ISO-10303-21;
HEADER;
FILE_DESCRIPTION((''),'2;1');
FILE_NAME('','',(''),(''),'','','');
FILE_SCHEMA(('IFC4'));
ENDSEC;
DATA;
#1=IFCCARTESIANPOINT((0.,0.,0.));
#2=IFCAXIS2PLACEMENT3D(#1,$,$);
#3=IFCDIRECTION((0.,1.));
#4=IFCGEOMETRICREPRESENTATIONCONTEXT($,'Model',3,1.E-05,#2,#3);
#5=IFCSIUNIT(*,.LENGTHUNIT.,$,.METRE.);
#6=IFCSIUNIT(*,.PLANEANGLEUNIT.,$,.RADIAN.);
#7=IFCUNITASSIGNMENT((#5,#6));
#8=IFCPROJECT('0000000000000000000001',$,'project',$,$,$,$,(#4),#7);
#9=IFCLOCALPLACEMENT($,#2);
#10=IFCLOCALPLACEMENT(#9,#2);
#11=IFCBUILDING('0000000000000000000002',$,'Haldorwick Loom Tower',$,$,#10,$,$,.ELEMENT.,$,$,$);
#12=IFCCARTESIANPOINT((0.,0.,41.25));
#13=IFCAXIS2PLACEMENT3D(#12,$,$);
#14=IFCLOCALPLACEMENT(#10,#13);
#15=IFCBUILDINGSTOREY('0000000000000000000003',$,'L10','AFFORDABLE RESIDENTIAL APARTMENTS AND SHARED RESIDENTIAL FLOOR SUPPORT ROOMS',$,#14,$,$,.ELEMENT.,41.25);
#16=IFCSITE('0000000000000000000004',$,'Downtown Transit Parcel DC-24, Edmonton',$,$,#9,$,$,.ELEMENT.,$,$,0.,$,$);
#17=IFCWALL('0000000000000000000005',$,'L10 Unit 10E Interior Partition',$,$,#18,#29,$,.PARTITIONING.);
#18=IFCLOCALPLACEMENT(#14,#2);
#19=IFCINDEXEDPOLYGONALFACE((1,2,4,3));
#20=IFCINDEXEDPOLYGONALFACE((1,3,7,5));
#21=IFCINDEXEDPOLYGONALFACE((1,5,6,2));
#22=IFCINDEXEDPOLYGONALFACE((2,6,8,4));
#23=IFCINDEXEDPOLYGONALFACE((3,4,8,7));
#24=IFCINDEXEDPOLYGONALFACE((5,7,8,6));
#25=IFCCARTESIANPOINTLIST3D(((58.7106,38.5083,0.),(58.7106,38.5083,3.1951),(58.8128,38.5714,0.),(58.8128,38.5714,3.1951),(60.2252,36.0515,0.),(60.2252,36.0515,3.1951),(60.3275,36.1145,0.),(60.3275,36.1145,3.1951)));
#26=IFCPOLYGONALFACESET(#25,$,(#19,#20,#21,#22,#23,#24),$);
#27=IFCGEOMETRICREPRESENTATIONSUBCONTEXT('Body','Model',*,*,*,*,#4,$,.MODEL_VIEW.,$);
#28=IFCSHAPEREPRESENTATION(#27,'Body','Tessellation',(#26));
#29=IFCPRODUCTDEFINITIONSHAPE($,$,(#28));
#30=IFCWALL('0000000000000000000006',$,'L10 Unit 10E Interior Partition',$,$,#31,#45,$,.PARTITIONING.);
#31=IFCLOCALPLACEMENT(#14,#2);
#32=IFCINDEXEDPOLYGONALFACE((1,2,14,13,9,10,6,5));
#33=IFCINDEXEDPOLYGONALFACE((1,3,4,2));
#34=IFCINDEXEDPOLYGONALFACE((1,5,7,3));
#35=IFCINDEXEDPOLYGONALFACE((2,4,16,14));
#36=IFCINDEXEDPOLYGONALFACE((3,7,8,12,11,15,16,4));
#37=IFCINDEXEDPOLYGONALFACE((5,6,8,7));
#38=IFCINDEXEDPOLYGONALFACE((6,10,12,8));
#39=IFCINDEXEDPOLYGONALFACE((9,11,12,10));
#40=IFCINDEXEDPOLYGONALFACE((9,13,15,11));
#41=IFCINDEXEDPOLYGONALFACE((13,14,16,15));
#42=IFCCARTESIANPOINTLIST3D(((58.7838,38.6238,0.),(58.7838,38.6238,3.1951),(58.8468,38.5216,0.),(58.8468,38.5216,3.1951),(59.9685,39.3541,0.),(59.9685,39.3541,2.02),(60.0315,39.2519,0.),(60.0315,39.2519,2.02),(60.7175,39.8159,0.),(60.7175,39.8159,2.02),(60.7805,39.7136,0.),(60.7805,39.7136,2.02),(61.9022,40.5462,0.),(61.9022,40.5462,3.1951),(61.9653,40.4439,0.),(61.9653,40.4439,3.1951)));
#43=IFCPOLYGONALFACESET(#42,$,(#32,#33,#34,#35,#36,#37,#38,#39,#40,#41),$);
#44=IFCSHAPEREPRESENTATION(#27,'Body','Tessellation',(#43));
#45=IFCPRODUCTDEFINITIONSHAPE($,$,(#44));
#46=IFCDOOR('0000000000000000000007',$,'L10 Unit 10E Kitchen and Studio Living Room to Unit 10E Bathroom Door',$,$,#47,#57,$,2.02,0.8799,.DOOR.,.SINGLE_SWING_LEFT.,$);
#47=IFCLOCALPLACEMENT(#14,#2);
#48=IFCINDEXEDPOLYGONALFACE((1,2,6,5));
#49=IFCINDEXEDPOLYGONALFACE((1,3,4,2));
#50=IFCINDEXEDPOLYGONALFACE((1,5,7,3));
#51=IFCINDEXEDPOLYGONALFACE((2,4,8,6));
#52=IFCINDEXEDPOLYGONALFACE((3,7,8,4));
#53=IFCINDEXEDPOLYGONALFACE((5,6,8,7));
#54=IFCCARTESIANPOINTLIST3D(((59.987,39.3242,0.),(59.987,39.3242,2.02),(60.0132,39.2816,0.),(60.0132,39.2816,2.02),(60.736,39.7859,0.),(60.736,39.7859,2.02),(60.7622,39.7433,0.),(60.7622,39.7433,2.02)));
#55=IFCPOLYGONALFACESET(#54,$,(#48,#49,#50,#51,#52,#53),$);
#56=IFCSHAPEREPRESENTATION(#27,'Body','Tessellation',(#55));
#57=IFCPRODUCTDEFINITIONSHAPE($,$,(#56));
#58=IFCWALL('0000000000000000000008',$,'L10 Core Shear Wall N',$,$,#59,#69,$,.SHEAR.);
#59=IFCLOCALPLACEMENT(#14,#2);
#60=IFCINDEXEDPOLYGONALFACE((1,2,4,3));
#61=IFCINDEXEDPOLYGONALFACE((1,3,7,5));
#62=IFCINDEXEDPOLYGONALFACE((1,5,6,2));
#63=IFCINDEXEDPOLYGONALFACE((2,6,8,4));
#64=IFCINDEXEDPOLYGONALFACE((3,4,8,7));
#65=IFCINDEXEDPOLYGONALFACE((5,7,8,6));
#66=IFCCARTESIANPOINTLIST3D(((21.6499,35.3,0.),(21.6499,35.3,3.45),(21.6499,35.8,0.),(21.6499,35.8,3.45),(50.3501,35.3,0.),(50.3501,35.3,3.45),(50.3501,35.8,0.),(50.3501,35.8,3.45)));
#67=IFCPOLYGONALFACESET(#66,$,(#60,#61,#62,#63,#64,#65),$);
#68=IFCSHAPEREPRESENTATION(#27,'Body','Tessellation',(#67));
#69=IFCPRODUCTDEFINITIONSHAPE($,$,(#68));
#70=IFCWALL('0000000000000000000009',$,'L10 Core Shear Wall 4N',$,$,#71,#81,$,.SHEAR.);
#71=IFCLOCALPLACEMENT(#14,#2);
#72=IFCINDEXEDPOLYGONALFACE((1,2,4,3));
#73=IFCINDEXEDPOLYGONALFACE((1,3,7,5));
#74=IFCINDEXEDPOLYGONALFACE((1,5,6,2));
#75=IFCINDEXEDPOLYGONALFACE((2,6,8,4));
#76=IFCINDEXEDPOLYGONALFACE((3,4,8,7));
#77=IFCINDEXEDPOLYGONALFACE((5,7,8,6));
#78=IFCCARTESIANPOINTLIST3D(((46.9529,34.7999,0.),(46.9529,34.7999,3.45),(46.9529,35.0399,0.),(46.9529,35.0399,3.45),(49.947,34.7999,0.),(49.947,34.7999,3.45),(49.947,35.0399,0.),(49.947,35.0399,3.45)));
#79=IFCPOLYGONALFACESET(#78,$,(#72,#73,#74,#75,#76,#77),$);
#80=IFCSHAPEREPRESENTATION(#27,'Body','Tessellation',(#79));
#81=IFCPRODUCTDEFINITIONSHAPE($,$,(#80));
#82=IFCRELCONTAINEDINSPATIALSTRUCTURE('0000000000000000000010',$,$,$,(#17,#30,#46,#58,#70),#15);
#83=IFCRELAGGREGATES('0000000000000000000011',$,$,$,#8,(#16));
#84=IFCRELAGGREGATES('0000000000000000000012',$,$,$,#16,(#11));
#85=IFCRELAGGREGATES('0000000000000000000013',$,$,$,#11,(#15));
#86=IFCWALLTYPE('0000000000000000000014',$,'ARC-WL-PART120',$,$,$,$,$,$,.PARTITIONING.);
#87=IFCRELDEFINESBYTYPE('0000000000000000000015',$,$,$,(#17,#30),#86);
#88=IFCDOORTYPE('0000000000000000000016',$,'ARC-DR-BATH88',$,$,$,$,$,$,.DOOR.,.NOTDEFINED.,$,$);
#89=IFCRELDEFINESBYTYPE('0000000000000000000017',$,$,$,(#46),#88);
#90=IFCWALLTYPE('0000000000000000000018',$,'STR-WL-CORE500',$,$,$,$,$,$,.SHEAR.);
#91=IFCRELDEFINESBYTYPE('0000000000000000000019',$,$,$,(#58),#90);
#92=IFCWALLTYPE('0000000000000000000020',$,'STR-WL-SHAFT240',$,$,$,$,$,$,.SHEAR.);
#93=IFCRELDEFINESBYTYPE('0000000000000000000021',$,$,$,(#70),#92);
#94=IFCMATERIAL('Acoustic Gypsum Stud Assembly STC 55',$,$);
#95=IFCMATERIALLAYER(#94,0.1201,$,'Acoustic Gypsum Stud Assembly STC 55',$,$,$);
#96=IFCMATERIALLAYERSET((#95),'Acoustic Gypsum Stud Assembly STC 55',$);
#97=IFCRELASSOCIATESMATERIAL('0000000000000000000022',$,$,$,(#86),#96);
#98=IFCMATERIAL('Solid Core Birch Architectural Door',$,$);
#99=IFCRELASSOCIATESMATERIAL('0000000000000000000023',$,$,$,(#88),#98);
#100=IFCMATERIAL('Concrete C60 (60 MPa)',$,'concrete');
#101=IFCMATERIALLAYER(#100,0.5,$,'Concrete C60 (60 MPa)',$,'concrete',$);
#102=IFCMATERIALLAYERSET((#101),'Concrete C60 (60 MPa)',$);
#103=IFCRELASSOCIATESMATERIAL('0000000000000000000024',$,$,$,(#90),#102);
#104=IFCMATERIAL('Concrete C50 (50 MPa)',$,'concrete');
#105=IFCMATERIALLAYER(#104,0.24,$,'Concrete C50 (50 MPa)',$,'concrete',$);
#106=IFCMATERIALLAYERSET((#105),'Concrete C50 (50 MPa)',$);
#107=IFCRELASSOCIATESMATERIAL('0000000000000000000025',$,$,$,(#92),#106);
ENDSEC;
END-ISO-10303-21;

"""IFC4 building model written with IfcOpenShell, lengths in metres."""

from ifc_helpers import new_model, si_unit, direction, frame, frame_2d, origin, place, context, subcontext, project, spatial, rectangle, extrude, material, layer, layer_set, type_object, element, fill, save


model = new_model("IFC4")

# Units and contexts
model_context = context("Model", 3, precision=1e-05, world=origin(), true_north=direction((0.0, 1.0)))
body_context = subcontext(model_context, "Body", "Model", "MODEL_VIEW")
ifc_project = project(units=[si_unit("LENGTHUNIT", "METRE"), si_unit("PLANEANGLEUNIT", "RADIAN")], contexts=[model_context])

# Site, building, storey
site_placement = place(None, origin())
site = spatial("IfcSite", under=ifc_project, at=site_placement, Name="Downtown Transit Parcel DC-24, Edmonton", CompositionType="ELEMENT", RefElevation=0.0)
building_placement = place(site_placement, origin())
building = spatial("IfcBuilding", under=site, at=building_placement, Name="Haldorwick Loom Tower", CompositionType="ELEMENT")
storey_placement = place(building_placement, frame((0.0, 0.0, 41.25)))
storey = spatial("IfcBuildingStorey", under=building, at=storey_placement, Name="L10", Description="AFFORDABLE RESIDENTIAL APARTMENTS AND SHARED RESIDENTIAL FLOOR SUPPORT ROOMS", CompositionType="ELEMENT", Elevation=41.25)

# Shared definitions
ifc_material_1 = material(Name="Concrete C60 (60 MPa)", Category="concrete")

# Shared definitions
ifc_material_2 = material(Name="Acoustic Gypsum Stud Assembly STC 55")
ifc_layer_1 = layer(ifc_material_2, 0.1201, Name="Acoustic Gypsum Stud Assembly STC 55")
ifc_layer_set_1 = layer_set([ifc_layer_1], Name="Acoustic Gypsum Stud Assembly STC 55")
wall_type_1 = type_object("IfcWallType", Name="ARC-WL-PART120", PredefinedType="PARTITIONING", material=ifc_layer_set_1)

# Shared definitions
ifc_material_3 = material(Name="Solid Core Birch Architectural Door")
door_type_1 = type_object("IfcDoorType", Name="ARC-DR-BATH88", OperationType="NOTDEFINED", PredefinedType="DOOR", material=ifc_material_3)

# Wall
wall_1_placement = place(storey_placement, frame((60.2764, 36.083, 0.0), z_axis=(0.0, 0.0, 1.0), x_axis=(-0.524796, 0.851228, 0.0)))
element("IfcWall", 1, at=wall_1_placement, inside=storey, type_object=wall_type_1, Name="L10 Unit 10E Interior Partition", PredefinedType="PARTITIONING", context=body_context, shape_type="SweptSolid", body=[
    extrude(rectangle(XDim=2.8862, YDim=0.1201, at=frame_2d((1.4431, 0.0))), origin(), (0.0, 0.0, 1.0), 3.1951),
])

# Wall, opening, door
wall_2_placement = place(storey_placement, frame((58.8154, 38.5728, 0.0), z_axis=(0.0, 0.0, 1.0), x_axis=(0.851251, 0.524759, 0.0)))
wall_2 = element("IfcWall", 2, at=wall_2_placement, inside=storey, type_object=wall_type_1, Name="L10 Unit 10E Interior Partition", PredefinedType="PARTITIONING", context=body_context, shape_type="SweptSolid", body=[
    extrude(rectangle(XDim=3.6633, YDim=0.1201, at=frame_2d((1.8315, 0.0))), origin(), (0.0, 0.0, 1.0), 3.1951),
])
opening_1_placement = place(wall_2_placement, frame((1.3916, 0.0, 0.0)))
opening_1 = element("IfcOpeningElement", 3, at=opening_1_placement, cuts=wall_2, PredefinedType="OPENING", context=body_context, shape_type="SweptSolid", body=[
    extrude(rectangle(XDim=0.8799, YDim=2.02, at=frame_2d((0.4399, 1.01))), frame((0.0, 0.0701, 0.0), z_axis=(0.0, -1.0, 0.0), x_axis=(1.0, 0.0, 0.0)), (0.0, 0.0, 1.0), 0.1401),
])
door_1_placement = place(opening_1_placement, origin())
door_1 = element("IfcDoor", 4, at=door_1_placement, inside=storey, type_object=door_type_1, Name="L10 Unit 10E Kitchen and Studio Living Room to Unit 10E Bathroom Door", OperationType="SINGLE_SWING_LEFT", OverallHeight=2.02, OverallWidth=0.8799, PredefinedType="DOOR", context=body_context, shape_type="SweptSolid", body=[
    extrude(rectangle(XDim=0.8799, YDim=2.02, at=frame_2d((0.4399, 1.01))), frame((0.0, 0.0249, 0.0), z_axis=(0.0, -1.0, 0.0), x_axis=(1.0, 0.0, 0.0)), (0.0, 0.0, 1.0), 0.05),
])
fill(opening_1, door_1)

# Walls
ifc_layer_2 = layer(ifc_material_1, 0.5, Name="Concrete C60 (60 MPa)", Category="concrete")
ifc_layer_set_2 = layer_set([ifc_layer_2], Name="Concrete C60 (60 MPa)")
wall_type_2 = type_object("IfcWallType", Name="STR-WL-CORE500", PredefinedType="SHEAR", material=ifc_layer_set_2)
wall_3_placement = place(storey_placement, frame((50.3501, 35.55, 0.0), z_axis=(0.0, 0.0, 1.0), x_axis=(-1.0, 0.0, 0.0)))
element("IfcWall", 5, at=wall_3_placement, inside=storey, type_object=wall_type_2, Name="L10 Core Shear Wall N", PredefinedType="SHEAR", context=body_context, shape_type="SweptSolid", body=[
    extrude(rectangle(XDim=28.7002, YDim=0.5, at=frame_2d((14.3501, 0.0))), origin(), (0.0, 0.0, 1.0), 3.45),
])
ifc_material_4 = material(Name="Concrete C50 (50 MPa)", Category="concrete")
ifc_layer_3 = layer(ifc_material_4, 0.24, Name="Concrete C50 (50 MPa)", Category="concrete")
ifc_layer_set_3 = layer_set([ifc_layer_3], Name="Concrete C50 (50 MPa)")
wall_type_3 = type_object("IfcWallType", Name="STR-WL-SHAFT240", PredefinedType="SHEAR", material=ifc_layer_set_3)
wall_4_placement = place(storey_placement, frame((46.9529, 34.9199, 0.0), z_axis=(0.0, 0.0, 1.0), x_axis=(1.0, 0.0, 0.0)))
element("IfcWall", 6, at=wall_4_placement, inside=storey, type_object=wall_type_3, Name="L10 Core Shear Wall 4N", PredefinedType="SHEAR", context=body_context, shape_type="SweptSolid", body=[
    extrude(rectangle(XDim=2.9941, YDim=0.24, at=frame_2d((1.4971, 0.0))), origin(), (0.0, 0.0, 1.0), 3.45),
])

save(model, "model.ifc")
